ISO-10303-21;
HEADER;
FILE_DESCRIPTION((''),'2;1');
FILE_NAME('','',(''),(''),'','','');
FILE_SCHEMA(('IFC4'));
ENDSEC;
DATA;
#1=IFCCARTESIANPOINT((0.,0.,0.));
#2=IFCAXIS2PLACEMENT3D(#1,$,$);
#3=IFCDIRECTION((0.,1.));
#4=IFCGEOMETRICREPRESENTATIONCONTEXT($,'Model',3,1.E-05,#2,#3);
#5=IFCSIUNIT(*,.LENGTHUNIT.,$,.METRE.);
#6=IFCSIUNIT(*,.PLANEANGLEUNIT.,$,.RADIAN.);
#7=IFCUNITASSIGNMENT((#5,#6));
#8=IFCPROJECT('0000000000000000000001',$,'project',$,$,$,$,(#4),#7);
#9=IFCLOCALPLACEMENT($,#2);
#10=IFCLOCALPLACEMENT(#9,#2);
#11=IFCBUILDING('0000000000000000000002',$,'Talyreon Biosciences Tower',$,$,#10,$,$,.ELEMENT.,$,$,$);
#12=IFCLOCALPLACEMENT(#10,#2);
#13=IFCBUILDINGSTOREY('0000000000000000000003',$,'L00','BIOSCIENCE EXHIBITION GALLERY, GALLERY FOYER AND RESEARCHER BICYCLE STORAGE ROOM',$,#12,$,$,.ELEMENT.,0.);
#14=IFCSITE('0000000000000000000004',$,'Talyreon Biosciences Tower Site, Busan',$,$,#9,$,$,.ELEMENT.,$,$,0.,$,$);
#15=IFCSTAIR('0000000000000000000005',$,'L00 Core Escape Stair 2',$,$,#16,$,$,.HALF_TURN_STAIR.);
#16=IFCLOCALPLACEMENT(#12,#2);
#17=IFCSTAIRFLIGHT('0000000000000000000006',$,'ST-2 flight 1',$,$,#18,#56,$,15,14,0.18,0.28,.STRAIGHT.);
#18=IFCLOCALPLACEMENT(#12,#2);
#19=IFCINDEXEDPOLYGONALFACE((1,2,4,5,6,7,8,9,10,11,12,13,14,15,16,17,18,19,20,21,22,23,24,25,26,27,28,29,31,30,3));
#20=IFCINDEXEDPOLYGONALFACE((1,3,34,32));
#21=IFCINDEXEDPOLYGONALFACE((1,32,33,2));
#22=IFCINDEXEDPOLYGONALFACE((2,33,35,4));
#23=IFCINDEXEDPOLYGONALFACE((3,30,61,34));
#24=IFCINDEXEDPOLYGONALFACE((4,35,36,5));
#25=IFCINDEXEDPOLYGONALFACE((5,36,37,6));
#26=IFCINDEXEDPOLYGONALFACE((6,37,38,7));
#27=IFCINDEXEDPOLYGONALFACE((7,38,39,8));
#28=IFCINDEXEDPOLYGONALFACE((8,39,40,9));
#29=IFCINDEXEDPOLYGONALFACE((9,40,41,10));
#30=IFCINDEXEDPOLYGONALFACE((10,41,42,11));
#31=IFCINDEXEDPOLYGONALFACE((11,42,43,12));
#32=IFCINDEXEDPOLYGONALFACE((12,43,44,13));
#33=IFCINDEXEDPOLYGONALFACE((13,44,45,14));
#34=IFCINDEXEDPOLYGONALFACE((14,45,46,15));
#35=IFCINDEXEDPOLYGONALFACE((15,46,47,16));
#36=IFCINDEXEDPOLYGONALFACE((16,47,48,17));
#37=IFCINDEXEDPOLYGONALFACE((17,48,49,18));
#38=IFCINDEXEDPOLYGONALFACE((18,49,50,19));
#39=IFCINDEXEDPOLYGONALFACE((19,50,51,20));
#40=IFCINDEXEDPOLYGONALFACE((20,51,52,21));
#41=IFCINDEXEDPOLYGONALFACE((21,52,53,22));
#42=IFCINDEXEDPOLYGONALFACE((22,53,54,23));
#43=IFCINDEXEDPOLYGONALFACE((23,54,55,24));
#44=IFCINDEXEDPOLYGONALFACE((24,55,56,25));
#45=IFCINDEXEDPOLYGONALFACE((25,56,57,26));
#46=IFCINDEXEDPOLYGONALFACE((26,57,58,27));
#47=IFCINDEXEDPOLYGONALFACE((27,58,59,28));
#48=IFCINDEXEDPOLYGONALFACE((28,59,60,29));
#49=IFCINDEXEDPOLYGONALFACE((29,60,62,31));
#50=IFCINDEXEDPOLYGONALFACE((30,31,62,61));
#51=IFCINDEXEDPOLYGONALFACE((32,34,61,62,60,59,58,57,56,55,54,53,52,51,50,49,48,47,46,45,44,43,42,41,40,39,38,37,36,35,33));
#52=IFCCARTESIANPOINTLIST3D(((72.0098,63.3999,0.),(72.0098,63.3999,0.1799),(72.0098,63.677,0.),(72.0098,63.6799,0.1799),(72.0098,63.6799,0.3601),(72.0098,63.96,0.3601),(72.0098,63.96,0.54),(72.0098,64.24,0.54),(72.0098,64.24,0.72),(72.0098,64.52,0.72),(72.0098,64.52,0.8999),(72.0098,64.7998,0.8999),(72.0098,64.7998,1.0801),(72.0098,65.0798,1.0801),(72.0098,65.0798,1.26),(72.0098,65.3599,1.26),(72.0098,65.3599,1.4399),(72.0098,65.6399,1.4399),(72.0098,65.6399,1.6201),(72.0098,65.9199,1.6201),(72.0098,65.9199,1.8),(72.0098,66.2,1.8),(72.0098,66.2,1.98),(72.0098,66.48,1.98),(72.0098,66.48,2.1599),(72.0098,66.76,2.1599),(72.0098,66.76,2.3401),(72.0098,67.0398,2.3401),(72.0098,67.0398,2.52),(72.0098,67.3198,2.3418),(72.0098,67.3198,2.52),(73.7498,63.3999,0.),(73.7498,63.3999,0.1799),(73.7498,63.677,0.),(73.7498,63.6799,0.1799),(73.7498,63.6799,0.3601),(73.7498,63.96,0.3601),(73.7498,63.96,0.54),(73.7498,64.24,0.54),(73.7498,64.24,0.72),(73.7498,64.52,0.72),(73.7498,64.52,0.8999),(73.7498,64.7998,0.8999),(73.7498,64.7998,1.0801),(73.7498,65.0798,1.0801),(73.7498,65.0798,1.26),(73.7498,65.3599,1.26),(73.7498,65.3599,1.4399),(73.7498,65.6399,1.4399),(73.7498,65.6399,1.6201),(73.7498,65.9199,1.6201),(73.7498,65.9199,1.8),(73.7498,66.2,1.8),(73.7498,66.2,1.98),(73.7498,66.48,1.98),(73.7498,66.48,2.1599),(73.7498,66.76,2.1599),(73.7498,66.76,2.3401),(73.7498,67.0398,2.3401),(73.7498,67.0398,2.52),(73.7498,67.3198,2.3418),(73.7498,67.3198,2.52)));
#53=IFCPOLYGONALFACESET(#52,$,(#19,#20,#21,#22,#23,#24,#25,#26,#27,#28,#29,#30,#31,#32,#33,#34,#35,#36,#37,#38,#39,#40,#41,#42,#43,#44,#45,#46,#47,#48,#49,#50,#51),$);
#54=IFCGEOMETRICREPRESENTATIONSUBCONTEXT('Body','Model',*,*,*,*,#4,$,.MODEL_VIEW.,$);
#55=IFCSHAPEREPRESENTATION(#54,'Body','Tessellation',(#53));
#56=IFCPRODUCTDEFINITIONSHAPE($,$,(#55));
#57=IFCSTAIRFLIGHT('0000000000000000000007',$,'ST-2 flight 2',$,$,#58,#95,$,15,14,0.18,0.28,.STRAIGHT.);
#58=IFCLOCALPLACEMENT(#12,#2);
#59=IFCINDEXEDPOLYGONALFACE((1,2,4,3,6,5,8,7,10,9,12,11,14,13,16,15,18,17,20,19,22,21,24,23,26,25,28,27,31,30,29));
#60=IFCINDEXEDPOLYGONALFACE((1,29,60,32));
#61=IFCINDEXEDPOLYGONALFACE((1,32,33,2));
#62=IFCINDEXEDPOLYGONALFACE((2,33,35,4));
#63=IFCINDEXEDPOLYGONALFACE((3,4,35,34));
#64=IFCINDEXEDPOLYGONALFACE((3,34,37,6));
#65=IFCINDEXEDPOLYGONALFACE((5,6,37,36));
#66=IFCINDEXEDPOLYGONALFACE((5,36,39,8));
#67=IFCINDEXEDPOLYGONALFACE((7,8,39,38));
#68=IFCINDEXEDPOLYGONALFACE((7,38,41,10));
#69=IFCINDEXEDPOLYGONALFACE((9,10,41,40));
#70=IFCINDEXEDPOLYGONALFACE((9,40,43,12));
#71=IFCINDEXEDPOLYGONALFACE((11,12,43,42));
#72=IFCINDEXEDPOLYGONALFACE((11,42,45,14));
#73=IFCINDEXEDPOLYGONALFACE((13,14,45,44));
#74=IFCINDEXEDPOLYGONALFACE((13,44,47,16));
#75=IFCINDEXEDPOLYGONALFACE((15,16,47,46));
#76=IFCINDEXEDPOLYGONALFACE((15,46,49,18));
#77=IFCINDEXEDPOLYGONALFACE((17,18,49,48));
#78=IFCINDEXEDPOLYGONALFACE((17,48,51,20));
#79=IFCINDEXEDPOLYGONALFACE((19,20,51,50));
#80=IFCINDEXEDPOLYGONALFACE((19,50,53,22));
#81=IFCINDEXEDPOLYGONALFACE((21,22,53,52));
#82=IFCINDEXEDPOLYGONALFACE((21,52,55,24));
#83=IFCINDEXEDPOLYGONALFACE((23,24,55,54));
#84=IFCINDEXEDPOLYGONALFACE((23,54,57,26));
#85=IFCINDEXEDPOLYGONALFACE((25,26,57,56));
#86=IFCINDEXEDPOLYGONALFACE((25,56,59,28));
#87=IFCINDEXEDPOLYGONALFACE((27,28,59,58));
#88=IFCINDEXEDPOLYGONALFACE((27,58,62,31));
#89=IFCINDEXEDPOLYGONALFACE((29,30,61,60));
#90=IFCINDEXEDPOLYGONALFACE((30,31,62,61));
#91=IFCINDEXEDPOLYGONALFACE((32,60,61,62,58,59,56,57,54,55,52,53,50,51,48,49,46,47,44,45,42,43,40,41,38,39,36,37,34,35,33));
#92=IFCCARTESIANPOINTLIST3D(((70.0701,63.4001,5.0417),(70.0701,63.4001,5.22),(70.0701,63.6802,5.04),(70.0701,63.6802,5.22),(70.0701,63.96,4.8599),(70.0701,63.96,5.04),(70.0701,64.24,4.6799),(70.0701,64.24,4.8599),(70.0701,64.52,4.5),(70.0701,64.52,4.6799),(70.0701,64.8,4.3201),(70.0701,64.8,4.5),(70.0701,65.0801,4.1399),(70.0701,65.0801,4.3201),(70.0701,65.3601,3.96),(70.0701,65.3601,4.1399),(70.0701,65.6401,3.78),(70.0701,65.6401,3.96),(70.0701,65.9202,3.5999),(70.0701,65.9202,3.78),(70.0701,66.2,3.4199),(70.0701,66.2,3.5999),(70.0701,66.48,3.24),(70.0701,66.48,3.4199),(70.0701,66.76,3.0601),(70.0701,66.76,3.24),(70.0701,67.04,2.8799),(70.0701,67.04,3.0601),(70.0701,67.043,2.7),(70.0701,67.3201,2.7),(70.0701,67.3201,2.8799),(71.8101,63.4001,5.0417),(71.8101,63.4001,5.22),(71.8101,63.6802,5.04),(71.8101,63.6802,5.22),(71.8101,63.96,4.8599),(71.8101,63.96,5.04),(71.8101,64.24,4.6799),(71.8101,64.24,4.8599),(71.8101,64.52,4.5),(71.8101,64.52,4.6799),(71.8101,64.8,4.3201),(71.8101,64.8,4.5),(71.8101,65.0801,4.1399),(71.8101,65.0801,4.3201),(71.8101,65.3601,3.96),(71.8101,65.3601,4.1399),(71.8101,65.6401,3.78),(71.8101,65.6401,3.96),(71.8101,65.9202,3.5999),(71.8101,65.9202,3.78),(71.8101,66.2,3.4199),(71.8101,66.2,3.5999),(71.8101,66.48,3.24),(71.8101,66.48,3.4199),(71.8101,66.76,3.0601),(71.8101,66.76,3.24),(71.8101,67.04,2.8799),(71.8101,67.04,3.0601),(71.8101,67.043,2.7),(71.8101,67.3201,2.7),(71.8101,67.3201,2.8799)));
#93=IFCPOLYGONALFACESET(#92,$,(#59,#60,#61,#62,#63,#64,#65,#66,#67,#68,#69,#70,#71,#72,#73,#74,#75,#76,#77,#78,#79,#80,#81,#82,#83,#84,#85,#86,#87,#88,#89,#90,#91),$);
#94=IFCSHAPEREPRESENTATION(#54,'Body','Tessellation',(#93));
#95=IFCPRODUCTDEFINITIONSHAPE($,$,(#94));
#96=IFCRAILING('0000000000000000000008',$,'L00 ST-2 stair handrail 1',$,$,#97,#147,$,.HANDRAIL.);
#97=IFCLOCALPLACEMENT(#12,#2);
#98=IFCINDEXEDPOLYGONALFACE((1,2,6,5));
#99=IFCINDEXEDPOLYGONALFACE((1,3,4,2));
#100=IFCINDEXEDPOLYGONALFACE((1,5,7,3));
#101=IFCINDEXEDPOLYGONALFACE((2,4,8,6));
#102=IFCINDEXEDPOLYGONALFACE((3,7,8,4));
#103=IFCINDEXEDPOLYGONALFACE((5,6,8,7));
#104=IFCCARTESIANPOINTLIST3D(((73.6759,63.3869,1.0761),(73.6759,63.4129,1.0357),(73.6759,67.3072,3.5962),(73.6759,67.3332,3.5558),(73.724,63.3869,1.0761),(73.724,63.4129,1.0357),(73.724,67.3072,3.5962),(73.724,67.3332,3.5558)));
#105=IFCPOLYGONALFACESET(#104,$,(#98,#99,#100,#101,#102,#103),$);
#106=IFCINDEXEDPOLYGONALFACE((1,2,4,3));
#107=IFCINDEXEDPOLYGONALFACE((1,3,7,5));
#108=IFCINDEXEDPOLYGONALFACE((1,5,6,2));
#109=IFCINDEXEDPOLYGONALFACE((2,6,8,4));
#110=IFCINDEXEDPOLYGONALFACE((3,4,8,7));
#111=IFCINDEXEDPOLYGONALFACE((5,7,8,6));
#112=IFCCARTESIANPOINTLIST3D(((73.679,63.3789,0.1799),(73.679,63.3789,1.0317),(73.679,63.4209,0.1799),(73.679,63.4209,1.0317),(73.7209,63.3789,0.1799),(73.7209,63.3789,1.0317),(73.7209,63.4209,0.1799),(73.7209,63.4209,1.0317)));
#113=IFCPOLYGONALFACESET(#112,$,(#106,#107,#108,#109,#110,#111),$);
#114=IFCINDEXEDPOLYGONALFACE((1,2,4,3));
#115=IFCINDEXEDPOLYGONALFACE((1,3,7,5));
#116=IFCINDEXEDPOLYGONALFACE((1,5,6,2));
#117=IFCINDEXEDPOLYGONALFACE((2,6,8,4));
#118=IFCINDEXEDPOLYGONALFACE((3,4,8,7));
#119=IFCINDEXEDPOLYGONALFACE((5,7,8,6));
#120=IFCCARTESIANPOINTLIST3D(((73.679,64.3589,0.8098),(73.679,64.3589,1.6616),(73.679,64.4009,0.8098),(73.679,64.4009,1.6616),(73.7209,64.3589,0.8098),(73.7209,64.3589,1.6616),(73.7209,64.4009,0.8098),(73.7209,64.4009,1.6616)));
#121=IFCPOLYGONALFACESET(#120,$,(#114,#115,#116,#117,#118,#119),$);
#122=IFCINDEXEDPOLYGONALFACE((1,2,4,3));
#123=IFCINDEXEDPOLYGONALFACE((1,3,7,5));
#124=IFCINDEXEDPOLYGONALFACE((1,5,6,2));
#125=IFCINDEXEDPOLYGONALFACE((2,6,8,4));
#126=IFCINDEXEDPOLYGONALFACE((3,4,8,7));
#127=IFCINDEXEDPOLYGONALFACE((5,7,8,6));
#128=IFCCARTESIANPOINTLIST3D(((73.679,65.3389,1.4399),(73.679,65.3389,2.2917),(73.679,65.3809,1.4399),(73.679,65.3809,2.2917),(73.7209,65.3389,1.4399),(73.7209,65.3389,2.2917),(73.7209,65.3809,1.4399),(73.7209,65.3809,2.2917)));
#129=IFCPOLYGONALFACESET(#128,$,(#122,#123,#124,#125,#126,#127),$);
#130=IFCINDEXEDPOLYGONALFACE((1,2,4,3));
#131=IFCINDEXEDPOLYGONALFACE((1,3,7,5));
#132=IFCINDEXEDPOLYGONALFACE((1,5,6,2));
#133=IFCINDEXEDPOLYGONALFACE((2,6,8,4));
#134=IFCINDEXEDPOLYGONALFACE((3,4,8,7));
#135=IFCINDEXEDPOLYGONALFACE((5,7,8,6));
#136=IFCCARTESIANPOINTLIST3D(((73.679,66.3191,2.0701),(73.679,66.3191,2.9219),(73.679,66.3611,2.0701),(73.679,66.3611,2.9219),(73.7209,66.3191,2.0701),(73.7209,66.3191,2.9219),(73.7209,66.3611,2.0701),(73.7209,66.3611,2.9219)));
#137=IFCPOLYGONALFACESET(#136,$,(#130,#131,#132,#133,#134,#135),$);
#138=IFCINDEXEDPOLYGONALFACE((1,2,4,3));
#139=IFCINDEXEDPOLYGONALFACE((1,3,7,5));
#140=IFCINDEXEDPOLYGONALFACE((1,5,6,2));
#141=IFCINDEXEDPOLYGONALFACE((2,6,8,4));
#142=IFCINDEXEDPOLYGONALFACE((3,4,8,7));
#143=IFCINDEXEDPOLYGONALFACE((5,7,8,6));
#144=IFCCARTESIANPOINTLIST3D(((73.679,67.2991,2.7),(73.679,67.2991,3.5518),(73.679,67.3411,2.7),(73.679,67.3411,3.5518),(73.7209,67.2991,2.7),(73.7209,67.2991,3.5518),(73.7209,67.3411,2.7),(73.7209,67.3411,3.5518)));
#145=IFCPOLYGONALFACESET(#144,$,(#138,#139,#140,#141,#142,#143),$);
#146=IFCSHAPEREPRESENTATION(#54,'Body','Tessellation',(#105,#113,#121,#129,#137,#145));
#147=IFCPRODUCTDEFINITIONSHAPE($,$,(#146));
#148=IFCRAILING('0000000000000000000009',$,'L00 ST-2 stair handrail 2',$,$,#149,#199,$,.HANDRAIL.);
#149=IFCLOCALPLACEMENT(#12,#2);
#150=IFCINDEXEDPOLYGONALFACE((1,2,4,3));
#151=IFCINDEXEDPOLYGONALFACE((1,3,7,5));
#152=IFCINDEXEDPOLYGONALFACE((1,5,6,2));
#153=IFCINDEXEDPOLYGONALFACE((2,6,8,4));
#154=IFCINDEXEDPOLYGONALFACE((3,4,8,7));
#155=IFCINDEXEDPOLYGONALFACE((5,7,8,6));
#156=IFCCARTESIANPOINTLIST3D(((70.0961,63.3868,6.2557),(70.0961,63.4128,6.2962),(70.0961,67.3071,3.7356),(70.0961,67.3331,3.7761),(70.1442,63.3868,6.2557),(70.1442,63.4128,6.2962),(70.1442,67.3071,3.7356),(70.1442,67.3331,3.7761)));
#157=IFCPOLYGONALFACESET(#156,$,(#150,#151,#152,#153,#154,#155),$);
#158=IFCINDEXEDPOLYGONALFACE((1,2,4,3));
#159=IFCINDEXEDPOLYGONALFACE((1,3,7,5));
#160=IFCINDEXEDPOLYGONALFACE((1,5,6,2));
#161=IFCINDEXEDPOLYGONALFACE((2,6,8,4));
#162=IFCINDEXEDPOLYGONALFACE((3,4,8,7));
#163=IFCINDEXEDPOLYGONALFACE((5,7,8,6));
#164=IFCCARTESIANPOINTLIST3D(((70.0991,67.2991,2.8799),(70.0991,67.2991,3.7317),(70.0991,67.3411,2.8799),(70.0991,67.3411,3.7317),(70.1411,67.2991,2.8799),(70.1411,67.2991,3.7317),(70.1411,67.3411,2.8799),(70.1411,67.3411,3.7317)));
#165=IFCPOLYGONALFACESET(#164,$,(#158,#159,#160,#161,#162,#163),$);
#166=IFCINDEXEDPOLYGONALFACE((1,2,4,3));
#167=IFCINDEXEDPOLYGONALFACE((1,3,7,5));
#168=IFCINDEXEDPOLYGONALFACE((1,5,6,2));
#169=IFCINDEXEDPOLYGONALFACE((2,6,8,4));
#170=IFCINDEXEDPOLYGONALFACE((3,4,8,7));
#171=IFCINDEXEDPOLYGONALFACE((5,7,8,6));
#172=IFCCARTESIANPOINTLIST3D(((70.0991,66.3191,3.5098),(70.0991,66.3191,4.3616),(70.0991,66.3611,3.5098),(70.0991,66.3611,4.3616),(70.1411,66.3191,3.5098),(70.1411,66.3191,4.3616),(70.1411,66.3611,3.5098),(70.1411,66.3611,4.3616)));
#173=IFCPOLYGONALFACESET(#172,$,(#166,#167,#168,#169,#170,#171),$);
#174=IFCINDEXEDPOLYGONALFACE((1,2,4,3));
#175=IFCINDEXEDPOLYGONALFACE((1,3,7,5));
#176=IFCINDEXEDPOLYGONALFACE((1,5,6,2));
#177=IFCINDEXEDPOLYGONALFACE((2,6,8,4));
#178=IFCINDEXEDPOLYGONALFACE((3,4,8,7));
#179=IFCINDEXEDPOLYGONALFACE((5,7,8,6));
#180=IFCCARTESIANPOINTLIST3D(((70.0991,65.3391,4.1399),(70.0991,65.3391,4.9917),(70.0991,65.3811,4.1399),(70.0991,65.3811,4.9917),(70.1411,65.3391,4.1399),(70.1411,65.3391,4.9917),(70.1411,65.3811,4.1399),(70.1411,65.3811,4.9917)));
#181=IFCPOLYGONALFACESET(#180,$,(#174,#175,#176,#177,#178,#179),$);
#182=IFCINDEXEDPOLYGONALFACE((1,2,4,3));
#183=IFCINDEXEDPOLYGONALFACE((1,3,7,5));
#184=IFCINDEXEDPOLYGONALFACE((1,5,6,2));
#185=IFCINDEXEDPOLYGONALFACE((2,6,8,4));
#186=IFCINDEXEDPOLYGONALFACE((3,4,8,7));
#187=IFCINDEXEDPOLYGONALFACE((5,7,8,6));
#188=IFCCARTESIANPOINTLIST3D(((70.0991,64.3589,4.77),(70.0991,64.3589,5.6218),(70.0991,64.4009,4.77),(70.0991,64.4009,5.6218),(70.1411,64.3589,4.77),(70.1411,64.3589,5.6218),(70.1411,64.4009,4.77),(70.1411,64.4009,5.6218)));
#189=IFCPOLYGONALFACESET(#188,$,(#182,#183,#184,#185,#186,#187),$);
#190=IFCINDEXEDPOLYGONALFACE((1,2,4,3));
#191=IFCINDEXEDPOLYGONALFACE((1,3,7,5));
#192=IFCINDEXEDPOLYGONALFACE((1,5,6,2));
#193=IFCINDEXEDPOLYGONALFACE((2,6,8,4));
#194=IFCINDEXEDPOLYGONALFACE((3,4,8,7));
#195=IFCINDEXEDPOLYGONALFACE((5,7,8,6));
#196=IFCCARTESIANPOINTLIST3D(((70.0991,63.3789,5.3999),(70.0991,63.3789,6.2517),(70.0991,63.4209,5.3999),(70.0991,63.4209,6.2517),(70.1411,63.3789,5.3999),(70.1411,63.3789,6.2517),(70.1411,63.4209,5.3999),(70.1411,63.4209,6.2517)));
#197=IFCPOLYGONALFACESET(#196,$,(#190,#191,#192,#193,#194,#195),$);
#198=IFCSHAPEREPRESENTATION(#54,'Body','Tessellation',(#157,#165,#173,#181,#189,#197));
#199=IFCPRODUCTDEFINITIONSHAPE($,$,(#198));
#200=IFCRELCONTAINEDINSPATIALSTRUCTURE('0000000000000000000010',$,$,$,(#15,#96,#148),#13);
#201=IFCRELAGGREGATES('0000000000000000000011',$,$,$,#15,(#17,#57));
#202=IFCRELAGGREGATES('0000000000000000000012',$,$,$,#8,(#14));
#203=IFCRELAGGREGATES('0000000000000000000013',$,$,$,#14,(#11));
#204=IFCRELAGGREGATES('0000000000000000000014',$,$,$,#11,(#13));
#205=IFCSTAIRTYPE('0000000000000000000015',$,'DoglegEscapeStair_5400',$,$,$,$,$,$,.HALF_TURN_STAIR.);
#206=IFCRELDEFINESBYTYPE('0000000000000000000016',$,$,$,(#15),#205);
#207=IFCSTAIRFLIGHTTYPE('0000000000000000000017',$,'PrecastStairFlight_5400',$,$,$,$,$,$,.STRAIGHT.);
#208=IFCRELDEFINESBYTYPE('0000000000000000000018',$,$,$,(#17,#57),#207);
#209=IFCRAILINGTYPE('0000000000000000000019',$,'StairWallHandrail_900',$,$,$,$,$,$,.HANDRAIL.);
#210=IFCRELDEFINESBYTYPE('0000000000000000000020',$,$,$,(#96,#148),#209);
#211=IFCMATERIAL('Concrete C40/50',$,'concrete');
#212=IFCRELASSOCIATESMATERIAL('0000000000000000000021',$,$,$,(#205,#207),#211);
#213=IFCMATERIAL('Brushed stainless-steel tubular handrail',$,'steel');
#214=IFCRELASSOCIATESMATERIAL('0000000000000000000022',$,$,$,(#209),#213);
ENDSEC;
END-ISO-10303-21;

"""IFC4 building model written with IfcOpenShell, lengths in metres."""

from ifc_helpers import new_model, si_unit, direction, frame, origin, origin_2d, place, context, subcontext, project, spatial, polyline, rectangle, outline, extrude, material, type_object, element, aggregate, save


model = new_model("IFC4")

# Units and contexts
model_context = context("Model", 3, precision=1e-05, world=origin(), true_north=direction((0.0, 1.0)))
body_context = subcontext(model_context, "Body", "Model", "MODEL_VIEW")
ifc_project = project(units=[si_unit("LENGTHUNIT", "METRE"), si_unit("PLANEANGLEUNIT", "RADIAN")], contexts=[model_context])

# Site, building, storey
site_placement = place(None, origin())
site = spatial("IfcSite", under=ifc_project, at=site_placement, Name="Talyreon Biosciences Tower Site, Busan", CompositionType="ELEMENT", RefElevation=0.0)
building_placement = place(site_placement, origin())
building = spatial("IfcBuilding", under=site, at=building_placement, Name="Talyreon Biosciences Tower", CompositionType="ELEMENT")
storey_placement = place(building_placement, origin())
storey = spatial("IfcBuildingStorey", under=building, at=storey_placement, Name="L00", Description="BIOSCIENCE EXHIBITION GALLERY, GALLERY FOYER AND RESEARCHER BICYCLE STORAGE ROOM", CompositionType="ELEMENT", Elevation=0.0)

# Stair, stair flights
ifc_material_1 = material(Name="Concrete C40/50", Category="concrete")
stair_type = type_object("IfcStairType", Name="DoglegEscapeStair_5400", PredefinedType="HALF_TURN_STAIR", material=ifc_material_1)
stair_placement = place(storey_placement, origin())
stair = element("IfcStair", 1, at=stair_placement, inside=storey, type_object=stair_type, Name="L00 Core Escape Stair 2", PredefinedType="HALF_TURN_STAIR")
stair_flight_type = type_object("IfcStairFlightType", Name="PrecastStairFlight_5400", PredefinedType="STRAIGHT", material=ifc_material_1)
stair_flight_1_placement = place(storey_placement, frame((72.8799, 63.3999, 0.0), z_axis=(0.0, 0.0, 1.0), x_axis=(0.0, 1.0, 0.0)))
stair_flight_1 = element("IfcStairFlight", 2, at=stair_flight_1_placement, type_object=stair_flight_type, Name="ST-2 flight 1", NumberOfRisers=15, NumberOfTreads=14, PredefinedType="STRAIGHT", RiserHeight=0.18, TreadLength=0.28, context=body_context, shape_type="SweptSolid", body=[
    extrude(outline(polyline([(0.0, 0.0), (0.0, 0.1799), (0.28, 0.1799), (0.28, 0.3601), (0.5601, 0.3601), (0.5601, 0.54), (0.8401, 0.54), (0.8401, 0.72), (1.1201, 0.72), (1.1201, 0.8999), (1.3999, 0.8999), (1.3999, 1.0801), (1.6799, 1.0801), (1.6799, 1.26), (1.96, 1.26), (1.96, 1.4399), (2.24, 1.4399), (2.24, 1.6201), (2.52, 1.6201), (2.52, 1.8), (2.8, 1.8), (2.8, 1.98), (3.0801, 1.98), (3.0801, 2.1599), (3.3601, 2.1599), (3.3601, 2.3401), (3.6399, 2.3401), (3.6399, 2.52), (3.9199, 2.52), (3.9199, 2.7), (3.9199, 2.3418), (0.2771, 0.0), (0.0, 0.0)])), frame((0.0, 0.8701, 0.0), z_axis=(0.0, -1.0, 0.0), x_axis=(1.0, 0.0, 0.0)), (0.0, 0.0, 1.0), 1.74),
])
stair_flight_2_placement = place(storey_placement, frame((70.9399, 67.3201, 2.7), z_axis=(0.0, 0.0, 1.0), x_axis=(0.0, -1.0, 0.0)))
stair_flight_2 = element("IfcStairFlight", 3, at=stair_flight_2_placement, type_object=stair_flight_type, Name="ST-2 flight 2", NumberOfRisers=15, NumberOfTreads=14, PredefinedType="STRAIGHT", RiserHeight=0.18, TreadLength=0.28, context=body_context, shape_type="SweptSolid", body=[
    extrude(outline(polyline([(0.0, 0.0), (0.0, 0.1799), (0.28, 0.1799), (0.28, 0.3601), (0.5601, 0.3601), (0.5601, 0.54), (0.8401, 0.54), (0.8401, 0.72), (1.1201, 0.72), (1.1201, 0.8999), (1.3999, 0.8999), (1.3999, 1.0801), (1.6799, 1.0801), (1.6799, 1.26), (1.96, 1.26), (1.96, 1.4399), (2.24, 1.4399), (2.24, 1.6201), (2.52, 1.6201), (2.52, 1.8), (2.8, 1.8), (2.8, 1.98), (3.0801, 1.98), (3.0801, 2.1599), (3.3601, 2.1599), (3.3601, 2.3401), (3.6399, 2.3401), (3.6399, 2.52), (3.9199, 2.52), (3.9199, 2.7), (3.9199, 2.3418), (0.2771, 0.0), (0.0, 0.0)])), frame((0.0, 0.8701, 0.0), z_axis=(0.0, -1.0, 0.0), x_axis=(1.0, 0.0, 0.0)), (0.0, 0.0, 1.0), 1.74),
])
aggregate(stair, [stair_flight_1, stair_flight_2])

# Railings
ifc_material_2 = material(Name="Brushed stainless-steel tubular handrail", Category="steel")
railing_type_1 = type_object("IfcRailingType", Name="StairWallHandrail_900", PredefinedType="HANDRAIL", material=ifc_material_2)
railing_1_placement = place(storey_placement, frame((73.7, 63.3999, 0.1799)))
element("IfcRailing", 4, at=railing_1_placement, inside=storey, type_object=railing_type_1, Name="L00 ST-2 stair handrail 1", PredefinedType="HANDRAIL", context=body_context, shape_type="SweptSolid", body=[
    extrude(rectangle(XDim=0.0481, YDim=0.0481, at=origin_2d()), frame((0.0, 0.0, 0.876), z_axis=(0.0, 0.841187, 0.540744), x_axis=(-1.0, 0.0, 0.0)), (0.0, 0.0, 1.0), 4.6604),
    extrude(rectangle(XDim=0.042, YDim=0.042, at=origin_2d()), origin(), (0.0, 0.0, 1.0), 0.8518),
    extrude(rectangle(XDim=0.042, YDim=0.042, at=origin_2d()), frame((0.0, 0.98, 0.6299)), (0.0, 0.0, 1.0), 0.8518),
    extrude(rectangle(XDim=0.042, YDim=0.042, at=origin_2d()), frame((0.0, 1.96, 1.26)), (0.0, 0.0, 1.0), 0.8518),
    extrude(rectangle(XDim=0.042, YDim=0.042, at=origin_2d()), frame((0.0, 2.9402, 1.8901)), (0.0, 0.0, 1.0), 0.8518),
    extrude(rectangle(XDim=0.042, YDim=0.042, at=origin_2d()), frame((0.0, 3.9202, 2.52)), (0.0, 0.0, 1.0), 0.8518),
])
railing_2_placement = place(storey_placement, frame((70.1201, 67.3201, 2.8799)))
element("IfcRailing", 5, at=railing_2_placement, inside=storey, type_object=railing_type_1, Name="L00 ST-2 stair handrail 2", PredefinedType="HANDRAIL", context=body_context, shape_type="SweptSolid", body=[
    extrude(rectangle(XDim=0.0481, YDim=0.0481, at=origin_2d()), frame((0.0, 0.0, 0.876), z_axis=(0.0, -0.841187, 0.540744), x_axis=(1.0, 0.0, 0.0)), (0.0, 0.0, 1.0), 4.6604),
    extrude(rectangle(XDim=0.042, YDim=0.042, at=origin_2d()), origin(), (0.0, 0.0, 1.0), 0.8518),
    extrude(rectangle(XDim=0.042, YDim=0.042, at=origin_2d()), frame((0.0, -0.98, 0.6299)), (0.0, 0.0, 1.0), 0.8518),
    extrude(rectangle(XDim=0.042, YDim=0.042, at=origin_2d()), frame((0.0, -1.96, 1.26)), (0.0, 0.0, 1.0), 0.8518),
    extrude(rectangle(XDim=0.042, YDim=0.042, at=origin_2d()), frame((0.0, -2.9402, 1.8901)), (0.0, 0.0, 1.0), 0.8518),
    extrude(rectangle(XDim=0.042, YDim=0.042, at=origin_2d()), frame((0.0, -3.9202, 2.52)), (0.0, 0.0, 1.0), 0.8518),
])

save(model, "model.ifc")
